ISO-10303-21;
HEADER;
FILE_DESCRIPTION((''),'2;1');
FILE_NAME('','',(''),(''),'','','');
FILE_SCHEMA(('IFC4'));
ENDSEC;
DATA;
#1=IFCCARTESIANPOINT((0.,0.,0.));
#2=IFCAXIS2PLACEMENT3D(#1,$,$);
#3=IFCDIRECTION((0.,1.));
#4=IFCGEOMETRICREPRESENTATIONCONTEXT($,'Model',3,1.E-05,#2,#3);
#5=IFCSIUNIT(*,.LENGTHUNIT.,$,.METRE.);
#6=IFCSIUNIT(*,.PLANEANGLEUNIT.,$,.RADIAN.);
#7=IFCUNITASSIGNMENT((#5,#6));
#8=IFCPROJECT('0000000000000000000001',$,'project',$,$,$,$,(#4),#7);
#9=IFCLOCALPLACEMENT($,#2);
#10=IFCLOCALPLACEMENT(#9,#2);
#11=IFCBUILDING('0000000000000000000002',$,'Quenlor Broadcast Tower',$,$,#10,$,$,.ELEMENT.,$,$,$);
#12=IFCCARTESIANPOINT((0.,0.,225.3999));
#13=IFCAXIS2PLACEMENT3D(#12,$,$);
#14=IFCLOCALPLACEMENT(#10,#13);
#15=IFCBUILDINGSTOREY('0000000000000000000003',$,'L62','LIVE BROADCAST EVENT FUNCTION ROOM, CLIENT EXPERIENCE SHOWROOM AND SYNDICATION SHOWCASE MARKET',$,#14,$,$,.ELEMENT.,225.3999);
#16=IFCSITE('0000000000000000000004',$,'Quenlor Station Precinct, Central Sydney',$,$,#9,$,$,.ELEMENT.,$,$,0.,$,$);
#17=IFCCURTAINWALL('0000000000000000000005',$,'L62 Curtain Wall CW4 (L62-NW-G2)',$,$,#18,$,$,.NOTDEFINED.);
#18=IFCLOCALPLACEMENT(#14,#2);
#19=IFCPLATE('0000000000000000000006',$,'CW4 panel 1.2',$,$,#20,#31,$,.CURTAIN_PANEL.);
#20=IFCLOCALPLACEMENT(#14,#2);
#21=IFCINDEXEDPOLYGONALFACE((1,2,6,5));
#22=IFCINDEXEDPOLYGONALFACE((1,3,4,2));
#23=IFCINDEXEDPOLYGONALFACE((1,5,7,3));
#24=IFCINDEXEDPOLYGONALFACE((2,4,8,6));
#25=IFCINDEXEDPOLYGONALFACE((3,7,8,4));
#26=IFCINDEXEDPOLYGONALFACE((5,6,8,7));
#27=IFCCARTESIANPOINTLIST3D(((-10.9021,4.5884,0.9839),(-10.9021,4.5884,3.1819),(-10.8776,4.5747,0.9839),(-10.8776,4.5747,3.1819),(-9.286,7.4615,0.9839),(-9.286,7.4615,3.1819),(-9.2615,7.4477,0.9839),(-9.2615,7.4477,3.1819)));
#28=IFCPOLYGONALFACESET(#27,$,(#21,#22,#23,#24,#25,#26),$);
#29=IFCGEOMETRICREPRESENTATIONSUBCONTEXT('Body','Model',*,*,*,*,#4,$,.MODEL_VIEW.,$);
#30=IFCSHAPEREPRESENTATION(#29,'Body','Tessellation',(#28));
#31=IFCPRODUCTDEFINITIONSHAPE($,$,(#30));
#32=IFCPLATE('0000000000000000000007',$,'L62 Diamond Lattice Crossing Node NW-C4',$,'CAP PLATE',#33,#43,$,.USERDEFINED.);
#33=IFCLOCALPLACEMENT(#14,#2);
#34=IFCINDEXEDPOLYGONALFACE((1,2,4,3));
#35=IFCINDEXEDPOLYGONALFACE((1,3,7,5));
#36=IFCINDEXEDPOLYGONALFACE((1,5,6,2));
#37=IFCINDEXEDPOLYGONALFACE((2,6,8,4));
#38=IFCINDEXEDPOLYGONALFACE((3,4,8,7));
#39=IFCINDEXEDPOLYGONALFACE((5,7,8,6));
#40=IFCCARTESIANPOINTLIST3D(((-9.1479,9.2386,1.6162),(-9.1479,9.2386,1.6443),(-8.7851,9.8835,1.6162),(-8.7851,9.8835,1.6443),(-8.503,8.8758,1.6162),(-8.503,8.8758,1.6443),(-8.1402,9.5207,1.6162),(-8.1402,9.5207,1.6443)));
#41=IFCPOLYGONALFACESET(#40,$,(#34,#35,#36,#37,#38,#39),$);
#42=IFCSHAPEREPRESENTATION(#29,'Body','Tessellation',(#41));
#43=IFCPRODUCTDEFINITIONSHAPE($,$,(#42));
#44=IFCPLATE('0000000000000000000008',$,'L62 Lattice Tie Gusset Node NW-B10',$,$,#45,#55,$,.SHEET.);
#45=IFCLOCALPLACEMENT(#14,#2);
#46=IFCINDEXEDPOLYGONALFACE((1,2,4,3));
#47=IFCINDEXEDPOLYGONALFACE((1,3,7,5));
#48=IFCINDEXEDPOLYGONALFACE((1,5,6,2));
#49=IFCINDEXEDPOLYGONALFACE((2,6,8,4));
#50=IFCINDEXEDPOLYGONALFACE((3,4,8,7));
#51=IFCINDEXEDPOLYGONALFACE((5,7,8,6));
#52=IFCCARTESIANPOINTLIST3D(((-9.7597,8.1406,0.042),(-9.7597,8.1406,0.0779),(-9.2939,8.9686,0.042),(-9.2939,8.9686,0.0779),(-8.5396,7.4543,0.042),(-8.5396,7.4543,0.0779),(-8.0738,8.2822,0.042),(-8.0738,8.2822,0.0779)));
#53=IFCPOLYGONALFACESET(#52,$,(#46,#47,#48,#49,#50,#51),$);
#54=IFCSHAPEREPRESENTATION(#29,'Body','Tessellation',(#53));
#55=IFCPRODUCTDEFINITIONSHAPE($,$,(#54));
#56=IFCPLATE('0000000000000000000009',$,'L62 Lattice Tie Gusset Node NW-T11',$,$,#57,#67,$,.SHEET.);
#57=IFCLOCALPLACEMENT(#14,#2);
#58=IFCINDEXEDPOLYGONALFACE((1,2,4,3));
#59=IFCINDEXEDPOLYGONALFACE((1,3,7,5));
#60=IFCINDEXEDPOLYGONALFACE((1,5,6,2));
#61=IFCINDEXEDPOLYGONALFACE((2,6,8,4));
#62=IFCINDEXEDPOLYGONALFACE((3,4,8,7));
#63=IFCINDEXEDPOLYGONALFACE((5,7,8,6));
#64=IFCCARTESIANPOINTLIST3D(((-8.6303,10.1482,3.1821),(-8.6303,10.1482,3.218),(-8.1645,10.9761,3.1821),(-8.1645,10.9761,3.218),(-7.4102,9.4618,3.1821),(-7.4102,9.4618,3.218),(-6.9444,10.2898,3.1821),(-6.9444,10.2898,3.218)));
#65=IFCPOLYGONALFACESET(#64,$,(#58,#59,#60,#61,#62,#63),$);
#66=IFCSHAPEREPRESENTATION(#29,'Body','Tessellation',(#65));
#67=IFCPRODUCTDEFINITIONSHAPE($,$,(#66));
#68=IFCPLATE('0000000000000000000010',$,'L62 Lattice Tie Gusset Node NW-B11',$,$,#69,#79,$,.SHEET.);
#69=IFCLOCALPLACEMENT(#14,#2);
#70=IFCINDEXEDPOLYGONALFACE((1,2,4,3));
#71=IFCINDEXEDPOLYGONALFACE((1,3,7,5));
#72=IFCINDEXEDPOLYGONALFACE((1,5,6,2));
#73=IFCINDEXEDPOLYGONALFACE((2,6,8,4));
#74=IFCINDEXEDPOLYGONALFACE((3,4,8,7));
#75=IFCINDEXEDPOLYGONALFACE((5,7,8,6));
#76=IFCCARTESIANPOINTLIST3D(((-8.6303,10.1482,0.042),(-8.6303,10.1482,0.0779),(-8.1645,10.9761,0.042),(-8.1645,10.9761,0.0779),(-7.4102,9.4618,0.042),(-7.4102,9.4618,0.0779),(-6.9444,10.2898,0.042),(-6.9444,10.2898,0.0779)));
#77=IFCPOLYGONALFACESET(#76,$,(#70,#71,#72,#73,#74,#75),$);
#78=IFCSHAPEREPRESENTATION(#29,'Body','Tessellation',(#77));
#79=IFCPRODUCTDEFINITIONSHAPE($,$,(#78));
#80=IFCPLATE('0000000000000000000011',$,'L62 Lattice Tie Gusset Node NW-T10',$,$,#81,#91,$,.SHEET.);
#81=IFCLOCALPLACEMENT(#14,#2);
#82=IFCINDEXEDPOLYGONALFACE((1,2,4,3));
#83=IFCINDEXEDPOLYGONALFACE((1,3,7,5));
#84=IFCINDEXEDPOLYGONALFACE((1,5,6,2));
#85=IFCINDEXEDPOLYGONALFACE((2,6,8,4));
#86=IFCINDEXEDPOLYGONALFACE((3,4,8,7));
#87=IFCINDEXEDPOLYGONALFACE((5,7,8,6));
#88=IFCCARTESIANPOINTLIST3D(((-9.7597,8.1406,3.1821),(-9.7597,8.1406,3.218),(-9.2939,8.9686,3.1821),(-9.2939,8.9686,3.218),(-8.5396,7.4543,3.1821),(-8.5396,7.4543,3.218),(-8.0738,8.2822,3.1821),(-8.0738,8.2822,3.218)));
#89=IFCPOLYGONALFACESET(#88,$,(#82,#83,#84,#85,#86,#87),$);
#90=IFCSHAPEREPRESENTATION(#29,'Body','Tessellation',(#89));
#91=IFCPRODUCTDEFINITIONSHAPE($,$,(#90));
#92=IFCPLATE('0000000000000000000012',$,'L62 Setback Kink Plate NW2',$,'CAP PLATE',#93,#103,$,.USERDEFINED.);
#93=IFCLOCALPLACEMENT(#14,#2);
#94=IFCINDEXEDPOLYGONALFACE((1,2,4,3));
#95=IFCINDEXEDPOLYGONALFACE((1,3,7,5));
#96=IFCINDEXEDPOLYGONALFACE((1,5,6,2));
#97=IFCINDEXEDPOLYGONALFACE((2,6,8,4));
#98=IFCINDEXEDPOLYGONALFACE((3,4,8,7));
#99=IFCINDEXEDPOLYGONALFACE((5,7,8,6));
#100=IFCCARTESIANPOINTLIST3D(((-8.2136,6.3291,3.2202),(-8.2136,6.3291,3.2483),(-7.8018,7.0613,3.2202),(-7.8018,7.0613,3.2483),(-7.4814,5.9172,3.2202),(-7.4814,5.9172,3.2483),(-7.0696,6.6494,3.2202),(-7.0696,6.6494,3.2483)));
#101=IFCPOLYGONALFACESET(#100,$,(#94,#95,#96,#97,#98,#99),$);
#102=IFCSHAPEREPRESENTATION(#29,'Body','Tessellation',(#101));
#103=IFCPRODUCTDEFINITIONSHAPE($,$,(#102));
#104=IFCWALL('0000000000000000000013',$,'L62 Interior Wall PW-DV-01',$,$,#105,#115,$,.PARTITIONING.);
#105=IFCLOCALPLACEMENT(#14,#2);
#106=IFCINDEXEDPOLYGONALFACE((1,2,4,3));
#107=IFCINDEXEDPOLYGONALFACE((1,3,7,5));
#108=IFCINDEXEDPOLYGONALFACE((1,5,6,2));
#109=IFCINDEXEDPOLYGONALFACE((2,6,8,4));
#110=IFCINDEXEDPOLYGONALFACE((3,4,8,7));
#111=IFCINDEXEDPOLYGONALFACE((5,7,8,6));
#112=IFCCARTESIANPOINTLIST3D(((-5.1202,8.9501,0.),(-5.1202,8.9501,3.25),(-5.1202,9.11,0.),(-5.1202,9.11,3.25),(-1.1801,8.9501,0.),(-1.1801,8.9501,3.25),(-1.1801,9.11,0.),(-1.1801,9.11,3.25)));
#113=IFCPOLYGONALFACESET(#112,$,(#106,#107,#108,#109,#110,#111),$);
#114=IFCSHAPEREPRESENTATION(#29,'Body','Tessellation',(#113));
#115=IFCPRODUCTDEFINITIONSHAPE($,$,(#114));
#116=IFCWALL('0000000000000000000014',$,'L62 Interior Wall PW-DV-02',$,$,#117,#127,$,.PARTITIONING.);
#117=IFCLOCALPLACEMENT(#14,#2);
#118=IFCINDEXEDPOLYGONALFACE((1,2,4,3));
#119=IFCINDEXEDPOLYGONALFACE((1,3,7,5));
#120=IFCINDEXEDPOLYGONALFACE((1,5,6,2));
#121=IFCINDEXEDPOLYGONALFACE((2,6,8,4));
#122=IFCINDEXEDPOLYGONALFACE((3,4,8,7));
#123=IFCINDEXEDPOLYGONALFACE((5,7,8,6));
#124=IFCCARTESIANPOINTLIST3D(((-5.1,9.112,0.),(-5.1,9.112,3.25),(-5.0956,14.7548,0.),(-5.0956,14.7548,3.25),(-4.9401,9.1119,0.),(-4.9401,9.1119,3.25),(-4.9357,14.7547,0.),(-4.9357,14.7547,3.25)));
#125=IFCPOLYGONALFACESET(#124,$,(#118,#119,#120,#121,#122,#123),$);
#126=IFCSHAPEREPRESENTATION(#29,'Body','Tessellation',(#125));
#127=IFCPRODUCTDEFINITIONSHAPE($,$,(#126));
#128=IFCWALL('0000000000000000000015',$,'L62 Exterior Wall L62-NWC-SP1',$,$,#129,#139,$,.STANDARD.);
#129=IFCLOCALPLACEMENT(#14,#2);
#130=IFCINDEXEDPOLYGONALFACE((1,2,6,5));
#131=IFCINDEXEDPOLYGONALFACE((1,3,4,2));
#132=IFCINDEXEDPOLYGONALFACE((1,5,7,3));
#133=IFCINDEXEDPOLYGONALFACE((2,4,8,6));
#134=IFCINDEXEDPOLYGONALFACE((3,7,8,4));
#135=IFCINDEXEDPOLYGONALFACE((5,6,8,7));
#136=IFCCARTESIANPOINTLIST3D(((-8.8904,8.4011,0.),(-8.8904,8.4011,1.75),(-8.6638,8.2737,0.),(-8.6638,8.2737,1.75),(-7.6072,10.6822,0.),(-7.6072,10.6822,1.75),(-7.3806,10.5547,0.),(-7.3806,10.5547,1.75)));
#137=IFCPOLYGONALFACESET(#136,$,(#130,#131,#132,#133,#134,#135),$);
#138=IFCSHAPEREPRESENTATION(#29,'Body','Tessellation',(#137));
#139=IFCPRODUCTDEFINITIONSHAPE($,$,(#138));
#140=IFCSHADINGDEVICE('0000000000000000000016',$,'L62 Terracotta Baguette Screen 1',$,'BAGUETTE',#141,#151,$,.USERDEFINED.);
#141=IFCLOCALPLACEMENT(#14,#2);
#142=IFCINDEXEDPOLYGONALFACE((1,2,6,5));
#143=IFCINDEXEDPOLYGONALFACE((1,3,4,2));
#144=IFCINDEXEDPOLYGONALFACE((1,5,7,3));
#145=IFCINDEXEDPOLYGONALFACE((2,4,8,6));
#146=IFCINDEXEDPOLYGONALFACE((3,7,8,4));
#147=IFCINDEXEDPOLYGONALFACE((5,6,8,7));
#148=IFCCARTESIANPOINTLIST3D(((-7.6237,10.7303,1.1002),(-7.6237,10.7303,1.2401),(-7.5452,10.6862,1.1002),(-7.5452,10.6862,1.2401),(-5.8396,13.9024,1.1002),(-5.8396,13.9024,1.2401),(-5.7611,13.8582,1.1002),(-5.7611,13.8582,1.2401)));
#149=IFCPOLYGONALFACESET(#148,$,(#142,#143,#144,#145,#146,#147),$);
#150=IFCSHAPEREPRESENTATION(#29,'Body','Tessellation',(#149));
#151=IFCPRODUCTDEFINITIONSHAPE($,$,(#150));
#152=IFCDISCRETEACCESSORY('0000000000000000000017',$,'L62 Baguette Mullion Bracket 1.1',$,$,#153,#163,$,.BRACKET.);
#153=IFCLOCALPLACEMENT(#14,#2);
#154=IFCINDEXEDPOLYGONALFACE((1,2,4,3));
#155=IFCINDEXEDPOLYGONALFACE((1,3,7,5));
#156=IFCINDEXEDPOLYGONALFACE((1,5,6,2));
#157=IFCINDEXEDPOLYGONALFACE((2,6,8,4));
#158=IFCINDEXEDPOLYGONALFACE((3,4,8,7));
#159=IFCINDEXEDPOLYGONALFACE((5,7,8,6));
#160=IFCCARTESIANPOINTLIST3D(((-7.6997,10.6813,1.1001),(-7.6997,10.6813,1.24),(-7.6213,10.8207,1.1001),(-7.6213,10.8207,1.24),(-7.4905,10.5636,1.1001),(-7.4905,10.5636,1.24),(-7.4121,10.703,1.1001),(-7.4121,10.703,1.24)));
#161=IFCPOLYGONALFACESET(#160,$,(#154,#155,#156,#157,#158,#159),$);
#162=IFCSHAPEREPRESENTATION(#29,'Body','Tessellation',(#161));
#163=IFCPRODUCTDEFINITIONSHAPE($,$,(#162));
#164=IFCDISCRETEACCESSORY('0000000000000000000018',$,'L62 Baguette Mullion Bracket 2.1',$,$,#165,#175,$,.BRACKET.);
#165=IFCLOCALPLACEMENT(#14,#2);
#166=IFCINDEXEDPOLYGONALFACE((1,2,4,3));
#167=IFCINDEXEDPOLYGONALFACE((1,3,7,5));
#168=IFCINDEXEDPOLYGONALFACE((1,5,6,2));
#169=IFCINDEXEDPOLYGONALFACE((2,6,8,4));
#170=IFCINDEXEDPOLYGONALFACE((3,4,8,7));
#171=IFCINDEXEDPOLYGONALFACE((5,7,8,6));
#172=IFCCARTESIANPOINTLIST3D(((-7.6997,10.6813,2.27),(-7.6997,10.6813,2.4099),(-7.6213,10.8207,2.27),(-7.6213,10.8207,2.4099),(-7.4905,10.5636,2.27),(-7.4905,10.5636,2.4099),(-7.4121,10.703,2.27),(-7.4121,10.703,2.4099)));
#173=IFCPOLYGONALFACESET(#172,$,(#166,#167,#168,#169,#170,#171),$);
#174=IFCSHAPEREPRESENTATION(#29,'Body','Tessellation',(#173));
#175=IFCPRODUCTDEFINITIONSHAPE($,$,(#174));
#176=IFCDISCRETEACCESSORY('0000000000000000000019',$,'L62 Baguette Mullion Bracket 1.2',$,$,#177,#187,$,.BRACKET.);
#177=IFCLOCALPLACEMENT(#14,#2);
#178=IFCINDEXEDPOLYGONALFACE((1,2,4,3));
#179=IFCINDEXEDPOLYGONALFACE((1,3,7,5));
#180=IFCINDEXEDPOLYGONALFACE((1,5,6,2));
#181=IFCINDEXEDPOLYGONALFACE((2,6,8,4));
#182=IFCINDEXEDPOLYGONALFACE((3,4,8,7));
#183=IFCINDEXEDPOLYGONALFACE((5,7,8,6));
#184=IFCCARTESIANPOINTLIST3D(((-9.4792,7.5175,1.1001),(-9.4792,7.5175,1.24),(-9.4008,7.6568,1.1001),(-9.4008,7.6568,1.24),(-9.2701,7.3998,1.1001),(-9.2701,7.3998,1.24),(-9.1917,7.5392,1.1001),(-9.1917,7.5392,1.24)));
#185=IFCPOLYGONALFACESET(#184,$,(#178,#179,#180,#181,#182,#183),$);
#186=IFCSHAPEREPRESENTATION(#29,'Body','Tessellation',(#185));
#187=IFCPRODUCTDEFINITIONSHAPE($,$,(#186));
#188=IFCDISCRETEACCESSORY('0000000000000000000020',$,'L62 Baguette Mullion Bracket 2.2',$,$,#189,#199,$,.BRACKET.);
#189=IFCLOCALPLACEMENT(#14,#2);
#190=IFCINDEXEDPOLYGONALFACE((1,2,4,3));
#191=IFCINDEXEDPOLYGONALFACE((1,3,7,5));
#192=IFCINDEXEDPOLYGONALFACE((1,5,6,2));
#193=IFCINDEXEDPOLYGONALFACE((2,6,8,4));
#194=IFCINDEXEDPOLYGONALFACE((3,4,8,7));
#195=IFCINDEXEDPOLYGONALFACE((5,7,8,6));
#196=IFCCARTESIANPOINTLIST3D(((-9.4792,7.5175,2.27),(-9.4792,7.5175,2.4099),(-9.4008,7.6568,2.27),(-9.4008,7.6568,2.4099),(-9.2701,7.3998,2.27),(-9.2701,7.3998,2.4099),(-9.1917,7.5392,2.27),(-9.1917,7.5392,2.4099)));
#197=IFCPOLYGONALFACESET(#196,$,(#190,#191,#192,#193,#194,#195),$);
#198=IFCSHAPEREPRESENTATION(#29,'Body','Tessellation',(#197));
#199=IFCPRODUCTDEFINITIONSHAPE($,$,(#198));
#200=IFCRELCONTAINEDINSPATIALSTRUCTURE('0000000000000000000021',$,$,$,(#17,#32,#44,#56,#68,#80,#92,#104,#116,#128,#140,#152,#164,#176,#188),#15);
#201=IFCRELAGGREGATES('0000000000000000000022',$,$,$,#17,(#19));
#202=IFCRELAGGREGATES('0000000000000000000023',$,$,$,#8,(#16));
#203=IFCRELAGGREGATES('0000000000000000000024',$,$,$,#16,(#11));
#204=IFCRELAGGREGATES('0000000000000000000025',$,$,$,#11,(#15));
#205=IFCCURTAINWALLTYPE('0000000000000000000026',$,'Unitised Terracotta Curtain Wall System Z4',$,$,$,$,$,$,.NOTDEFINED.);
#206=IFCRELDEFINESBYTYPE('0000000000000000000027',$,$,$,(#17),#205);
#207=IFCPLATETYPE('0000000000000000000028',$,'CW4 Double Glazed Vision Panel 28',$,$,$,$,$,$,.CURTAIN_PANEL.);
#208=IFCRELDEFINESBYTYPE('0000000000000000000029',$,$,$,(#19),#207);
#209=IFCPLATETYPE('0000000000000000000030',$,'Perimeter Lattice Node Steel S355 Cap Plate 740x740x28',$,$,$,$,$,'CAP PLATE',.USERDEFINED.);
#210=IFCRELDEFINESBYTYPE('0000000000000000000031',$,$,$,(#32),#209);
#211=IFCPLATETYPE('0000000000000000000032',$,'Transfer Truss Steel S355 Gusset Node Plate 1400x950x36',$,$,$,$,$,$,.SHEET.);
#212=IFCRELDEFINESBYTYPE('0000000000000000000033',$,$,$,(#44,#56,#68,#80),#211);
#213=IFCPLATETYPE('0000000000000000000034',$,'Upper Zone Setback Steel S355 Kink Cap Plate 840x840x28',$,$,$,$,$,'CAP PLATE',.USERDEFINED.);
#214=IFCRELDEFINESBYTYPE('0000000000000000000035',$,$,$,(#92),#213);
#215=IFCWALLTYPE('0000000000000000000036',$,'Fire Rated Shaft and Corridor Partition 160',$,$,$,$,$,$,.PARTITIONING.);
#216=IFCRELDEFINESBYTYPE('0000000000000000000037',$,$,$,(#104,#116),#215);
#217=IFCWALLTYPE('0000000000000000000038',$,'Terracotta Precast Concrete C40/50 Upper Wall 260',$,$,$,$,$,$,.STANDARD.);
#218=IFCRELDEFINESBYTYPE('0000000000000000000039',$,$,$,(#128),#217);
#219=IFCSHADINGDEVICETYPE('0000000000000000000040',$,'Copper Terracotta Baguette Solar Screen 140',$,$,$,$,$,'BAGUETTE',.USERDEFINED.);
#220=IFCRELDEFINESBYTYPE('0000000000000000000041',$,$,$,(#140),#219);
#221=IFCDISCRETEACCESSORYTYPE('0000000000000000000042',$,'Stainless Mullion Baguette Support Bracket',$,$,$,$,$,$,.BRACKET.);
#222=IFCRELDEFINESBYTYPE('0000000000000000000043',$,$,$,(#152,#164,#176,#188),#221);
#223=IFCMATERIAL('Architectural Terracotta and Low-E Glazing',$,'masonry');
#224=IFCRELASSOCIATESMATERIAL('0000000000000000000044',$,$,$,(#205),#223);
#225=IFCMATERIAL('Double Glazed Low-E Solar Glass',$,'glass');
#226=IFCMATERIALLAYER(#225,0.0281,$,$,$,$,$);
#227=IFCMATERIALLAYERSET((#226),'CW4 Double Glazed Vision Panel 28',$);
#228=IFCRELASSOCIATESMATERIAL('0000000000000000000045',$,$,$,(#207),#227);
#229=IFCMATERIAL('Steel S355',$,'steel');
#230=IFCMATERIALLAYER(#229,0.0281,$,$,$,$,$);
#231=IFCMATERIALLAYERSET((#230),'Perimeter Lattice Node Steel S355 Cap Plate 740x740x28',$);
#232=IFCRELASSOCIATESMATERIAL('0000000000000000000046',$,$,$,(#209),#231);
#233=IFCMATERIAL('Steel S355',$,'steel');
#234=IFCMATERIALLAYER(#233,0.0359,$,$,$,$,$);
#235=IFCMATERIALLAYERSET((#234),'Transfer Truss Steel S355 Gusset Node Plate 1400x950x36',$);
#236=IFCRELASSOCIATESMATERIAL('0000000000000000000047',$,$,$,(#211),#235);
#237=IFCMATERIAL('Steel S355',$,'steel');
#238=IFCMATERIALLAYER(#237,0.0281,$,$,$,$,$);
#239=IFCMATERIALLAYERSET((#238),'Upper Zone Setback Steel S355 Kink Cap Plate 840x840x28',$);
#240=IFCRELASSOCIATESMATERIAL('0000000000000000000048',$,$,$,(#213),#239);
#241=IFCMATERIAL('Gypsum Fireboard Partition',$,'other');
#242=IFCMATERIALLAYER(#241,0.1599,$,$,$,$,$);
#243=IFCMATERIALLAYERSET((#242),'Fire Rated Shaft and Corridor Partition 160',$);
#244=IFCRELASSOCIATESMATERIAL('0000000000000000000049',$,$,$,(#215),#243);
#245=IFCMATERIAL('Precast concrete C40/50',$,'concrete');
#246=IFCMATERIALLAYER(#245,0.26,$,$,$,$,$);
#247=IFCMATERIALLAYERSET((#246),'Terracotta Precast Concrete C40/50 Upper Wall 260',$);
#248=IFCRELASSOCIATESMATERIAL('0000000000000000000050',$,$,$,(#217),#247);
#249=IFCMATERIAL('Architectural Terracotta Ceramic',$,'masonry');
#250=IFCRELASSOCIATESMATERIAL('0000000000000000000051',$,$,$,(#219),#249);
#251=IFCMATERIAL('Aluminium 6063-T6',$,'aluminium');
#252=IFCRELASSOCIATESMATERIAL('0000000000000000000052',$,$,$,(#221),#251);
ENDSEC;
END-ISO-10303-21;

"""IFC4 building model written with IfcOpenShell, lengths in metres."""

from ifc_helpers import new_model, si_unit, direction, frame, frame_2d, origin, origin_2d, place, context, subcontext, project, spatial, rectangle, extrude, material, layer, layer_set, material_profile, profile_set, type_object, element, aggregate, save


model = new_model("IFC4")

# Units and contexts
model_context = context("Model", 3, precision=1e-05, world=origin(), true_north=direction((0.0, 1.0)))
body_context = subcontext(model_context, "Body", "Model", "MODEL_VIEW")
ifc_project = project(units=[si_unit("LENGTHUNIT", "METRE"), si_unit("PLANEANGLEUNIT", "RADIAN")], contexts=[model_context])

# Site, building, storey
site_placement = place(None, origin())
site = spatial("IfcSite", under=ifc_project, at=site_placement, Name="Quenlor Station Precinct, Central Sydney", CompositionType="ELEMENT", RefElevation=0.0)
building_placement = place(site_placement, origin())
building = spatial("IfcBuilding", under=site, at=building_placement, Name="Quenlor Broadcast Tower", CompositionType="ELEMENT")
storey_placement = place(building_placement, frame((0.0, 0.0, 225.3999)))
storey = spatial("IfcBuildingStorey", under=building, at=storey_placement, Name="L62", Description="LIVE BROADCAST EVENT FUNCTION ROOM, CLIENT EXPERIENCE SHOWROOM AND SYNDICATION SHOWCASE MARKET", CompositionType="ELEMENT", Elevation=225.3999)

# Curtain wall
ifc_material_1 = material(Name="Architectural Terracotta and Low-E Glazing", Category="masonry")
curtain_wall_type = type_object("IfcCurtainWallType", Name="Unitised Terracotta Curtain Wall System Z4", PredefinedType="NOTDEFINED", material=ifc_material_1)
curtain_wall_1_placement = place(storey_placement, origin())
curtain_wall_1 = element("IfcCurtainWall", 1, at=curtain_wall_1_placement, inside=storey, type_object=curtain_wall_type, Name="L62 Curtain Wall CW4 (L62-NW-G2)", PredefinedType="NOTDEFINED")

# Plate
ifc_material_2 = material(Name="Double Glazed Low-E Solar Glass", Category="glass")
ifc_layer_1 = layer(ifc_material_2, 0.0281)
ifc_layer_set_1 = layer_set([ifc_layer_1], Name="CW4 Double Glazed Vision Panel 28")
plate_type_1 = type_object("IfcPlateType", Name="CW4 Double Glazed Vision Panel 28", PredefinedType="CURTAIN_PANEL", material=ifc_layer_set_1)
plate_1_placement = place(storey_placement, frame((-10.0818, 6.0181, 0.9839), z_axis=(0.0, 0.0, 1.0), x_axis=(0.490257, 0.871578, 0.0)))
plate_1 = element("IfcPlate", 2, at=plate_1_placement, type_object=plate_type_1, Name="CW4 panel 1.2", PredefinedType="CURTAIN_PANEL", context=body_context, shape_type="SweptSolid", body=[
    extrude(rectangle(XDim=3.2964, YDim=0.0281, at=origin_2d()), origin(), (0.0, 0.0, 1.0), 2.198),
])
aggregate(curtain_wall_1, [plate_1])

# Plates
ifc_material_3 = material(Name="Steel S355", Category="steel")
ifc_layer_2 = layer(ifc_material_3, 0.0281)
ifc_layer_set_2 = layer_set([ifc_layer_2], Name="Perimeter Lattice Node Steel S355 Cap Plate 740x740x28")
plate_type_2 = type_object("IfcPlateType", Name="Perimeter Lattice Node Steel S355 Cap Plate 740x740x28", ElementType="CAP PLATE", PredefinedType="USERDEFINED", material=ifc_layer_set_2)
plate_2_placement = place(storey_placement, frame((-8.644, 9.3796, 1.6162), z_axis=(0.0, 0.0, 1.0), x_axis=(0.490295, 0.871556, 0.0)))
element("IfcPlate", 3, at=plate_2_placement, inside=storey, type_object=plate_type_2, Name="L62 Diamond Lattice Crossing Node NW-C4", ObjectType="CAP PLATE", PredefinedType="USERDEFINED", context=body_context, shape_type="SweptSolid", body=[
    extrude(rectangle(XDim=0.74, YDim=0.74, at=origin_2d()), origin(), (0.0, 0.0, 1.0), 0.0281),
])
ifc_material_4 = material(Name="Steel S355", Category="steel")
ifc_layer_3 = layer(ifc_material_4, 0.0359)
ifc_layer_set_3 = layer_set([ifc_layer_3], Name="Transfer Truss Steel S355 Gusset Node Plate 1400x950x36")
plate_type_3 = type_object("IfcPlateType", Name="Transfer Truss Steel S355 Gusset Node Plate 1400x950x36", PredefinedType="SHEET", material=ifc_layer_set_3)
for number, where, z_axis, x_axis, name in (
    (4, (-8.9167, 8.2114, 0.042), (0.0, 0.0, 1.0), (-0.871556, 0.490295, 0.0), "L62 Lattice Tie Gusset Node NW-B10"),
    (5, (-7.7874, 10.219, 3.1821), (0.0, 0.0, 1.0), (-0.871556, 0.490295, 0.0), "L62 Lattice Tie Gusset Node NW-T11"),
    (6, (-7.7874, 10.219, 0.042), (0.0, 0.0, 1.0), (-0.871556, 0.490295, 0.0), "L62 Lattice Tie Gusset Node NW-B11"),
    (7, (-8.9167, 8.2114, 3.1821), (0.0, 0.0, 1.0), (-0.871556, 0.490295, 0.0), "L62 Lattice Tie Gusset Node NW-T10"),
):
    element("IfcPlate", number, at=place(storey_placement, frame(where, z_axis=z_axis, x_axis=x_axis)), inside=storey, type_object=plate_type_3, Name=name, PredefinedType="SHEET", context=body_context, shape_type="SweptSolid", body=[
        extrude(rectangle(XDim=1.3999, YDim=0.95, at=origin_2d()), origin(), (0.0, 0.0, 1.0), 0.0359),
    ])
ifc_material_5 = material(Name="Steel S355", Category="steel")
ifc_layer_4 = layer(ifc_material_5, 0.0281)
ifc_layer_set_4 = layer_set([ifc_layer_4], Name="Upper Zone Setback Steel S355 Kink Cap Plate 840x840x28")
plate_type_4 = type_object("IfcPlateType", Name="Upper Zone Setback Steel S355 Kink Cap Plate 840x840x28", ElementType="CAP PLATE", PredefinedType="USERDEFINED", material=ifc_layer_set_4)
plate_3_placement = place(storey_placement, frame((-7.6416, 6.4893, 3.2202), z_axis=(0.0, 0.0, 1.0), x_axis=(-0.871575, 0.490262, 0.0)))
element("IfcPlate", 8, at=plate_3_placement, inside=storey, type_object=plate_type_4, Name="L62 Setback Kink Plate NW2", ObjectType="CAP PLATE", PredefinedType="USERDEFINED", context=body_context, shape_type="SweptSolid", body=[
    extrude(rectangle(XDim=0.8401, YDim=0.8401, at=origin_2d()), origin(), (0.0, 0.0, 1.0), 0.0281),
])

# Walls
ifc_material_6 = material(Name="Gypsum Fireboard Partition", Category="other")
ifc_layer_5 = layer(ifc_material_6, 0.1599)
ifc_layer_set_5 = layer_set([ifc_layer_5], Name="Fire Rated Shaft and Corridor Partition 160")
wall_type_1 = type_object("IfcWallType", Name="Fire Rated Shaft and Corridor Partition 160", PredefinedType="PARTITIONING", material=ifc_layer_set_5)
wall_1_placement = place(storey_placement, frame((-1.1799, 9.03, 0.0), z_axis=(0.0, 0.0, 1.0), x_axis=(-1.0, 0.0, 0.0)))
element("IfcWall", 9, at=wall_1_placement, inside=storey, type_object=wall_type_1, Name="L62 Interior Wall PW-DV-01", PredefinedType="PARTITIONING", context=body_context, shape_type="SweptSolid", body=[
    extrude(rectangle(XDim=3.9402, YDim=0.1599, at=frame_2d((1.9702, 0.0))), origin(), (0.0, 0.0, 1.0), 3.25),
])
wall_2_placement = place(storey_placement, frame((-5.02, 9.1121, 0.0), z_axis=(0.0, 0.0, 1.0), x_axis=(0.000779, 1.0, 0.0)))
element("IfcWall", 10, at=wall_2_placement, inside=storey, type_object=wall_type_1, Name="L62 Interior Wall PW-DV-02", PredefinedType="PARTITIONING", context=body_context, shape_type="SweptSolid", body=[
    extrude(rectangle(XDim=5.6428, YDim=0.1599, at=frame_2d((2.8213, 0.0))), origin(), (0.0, 0.0, 1.0), 3.25),
])

# Wall
ifc_material_7 = material(Name="Precast concrete C40/50", Category="concrete")
ifc_layer_6 = layer(ifc_material_7, 0.26)
ifc_layer_set_6 = layer_set([ifc_layer_6], Name="Terracotta Precast Concrete C40/50 Upper Wall 260")
wall_type_2 = type_object("IfcWallType", Name="Terracotta Precast Concrete C40/50 Upper Wall 260", PredefinedType="STANDARD", material=ifc_layer_set_6)
wall_3_placement = place(storey_placement, frame((-8.7771, 8.3374, 0.0), z_axis=(0.0, 0.0, 1.0), x_axis=(0.490301, 0.871553, 0.0)))
element("IfcWall", 11, at=wall_3_placement, inside=storey, type_object=wall_type_2, Name="L62 Exterior Wall L62-NWC-SP1", PredefinedType="STANDARD", context=body_context, shape_type="SweptSolid", body=[
    extrude(rectangle(XDim=2.6172, YDim=0.26, at=frame_2d((1.3086, 0.0))), origin(), (0.0, 0.0, 1.0), 1.75),
])

# Shading device
ifc_material_8 = material(Name="Architectural Terracotta Ceramic", Category="masonry")
ifc_material_profile_1 = material_profile(ifc_material_8, rectangle(XDim=0.0901, YDim=0.1399, at=origin_2d()))
ifc_profile_set_1 = profile_set([ifc_material_profile_1], Name="Architectural Terracotta Ceramic BAG90x140")
shading_device_type = type_object("IfcShadingDeviceType", Name="Copper Terracotta Baguette Solar Screen 140", ElementType="BAGUETTE", PredefinedType="USERDEFINED", material=ifc_profile_set_1)
shading_device_placement = place(storey_placement, frame((-7.5845, 10.7083, 1.1702), z_axis=(0.490233, 0.871592, 0.0), x_axis=(-0.871592, 0.490233, 0.0)))
element("IfcShadingDevice", 12, at=shading_device_placement, inside=storey, type_object=shading_device_type, Name="L62 Terracotta Baguette Screen 1", ObjectType="BAGUETTE", PredefinedType="USERDEFINED", context=body_context, shape_type="SweptSolid", body=[
    extrude(rectangle(XDim=0.0901, YDim=0.1399, at=origin_2d()), origin(), (0.0, 0.0, 1.0), 3.6394),
])

# Discrete accessories
ifc_material_9 = material(Name="Aluminium 6063-T6", Category="aluminium")
discrete_accessory_type = type_object("IfcDiscreteAccessoryType", Name="Stainless Mullion Baguette Support Bracket", PredefinedType="BRACKET", material=ifc_material_9)
for number, where, z_axis, x_axis, name in (
    (13, (-7.5559, 10.6921, 1.1001), (0.0, 0.0, 1.0), (0.49026, 0.871576, 0.0), "L62 Baguette Mullion Bracket 1.1"),
    (14, (-7.5559, 10.6921, 2.27), (0.0, 0.0, 1.0), (0.49026, 0.871576, 0.0), "L62 Baguette Mullion Bracket 2.1"),
    (15, (-9.3354, 7.5283, 1.1001), (0.0, 0.0, 1.0), (0.490257, 0.871578, 0.0), "L62 Baguette Mullion Bracket 1.2"),
    (16, (-9.3354, 7.5283, 2.27), (0.0, 0.0, 1.0), (0.490257, 0.871578, 0.0), "L62 Baguette Mullion Bracket 2.2"),
):
    element("IfcDiscreteAccessory", number, at=place(storey_placement, frame(where, z_axis=z_axis, x_axis=x_axis)), inside=storey, type_object=discrete_accessory_type, Name=name, PredefinedType="BRACKET", context=body_context, shape_type="SweptSolid", body=[
        extrude(rectangle(XDim=0.1599, YDim=0.24, at=origin_2d()), origin(), (0.0, 0.0, 1.0), 0.1399),
    ])

save(model, "model.ifc")
